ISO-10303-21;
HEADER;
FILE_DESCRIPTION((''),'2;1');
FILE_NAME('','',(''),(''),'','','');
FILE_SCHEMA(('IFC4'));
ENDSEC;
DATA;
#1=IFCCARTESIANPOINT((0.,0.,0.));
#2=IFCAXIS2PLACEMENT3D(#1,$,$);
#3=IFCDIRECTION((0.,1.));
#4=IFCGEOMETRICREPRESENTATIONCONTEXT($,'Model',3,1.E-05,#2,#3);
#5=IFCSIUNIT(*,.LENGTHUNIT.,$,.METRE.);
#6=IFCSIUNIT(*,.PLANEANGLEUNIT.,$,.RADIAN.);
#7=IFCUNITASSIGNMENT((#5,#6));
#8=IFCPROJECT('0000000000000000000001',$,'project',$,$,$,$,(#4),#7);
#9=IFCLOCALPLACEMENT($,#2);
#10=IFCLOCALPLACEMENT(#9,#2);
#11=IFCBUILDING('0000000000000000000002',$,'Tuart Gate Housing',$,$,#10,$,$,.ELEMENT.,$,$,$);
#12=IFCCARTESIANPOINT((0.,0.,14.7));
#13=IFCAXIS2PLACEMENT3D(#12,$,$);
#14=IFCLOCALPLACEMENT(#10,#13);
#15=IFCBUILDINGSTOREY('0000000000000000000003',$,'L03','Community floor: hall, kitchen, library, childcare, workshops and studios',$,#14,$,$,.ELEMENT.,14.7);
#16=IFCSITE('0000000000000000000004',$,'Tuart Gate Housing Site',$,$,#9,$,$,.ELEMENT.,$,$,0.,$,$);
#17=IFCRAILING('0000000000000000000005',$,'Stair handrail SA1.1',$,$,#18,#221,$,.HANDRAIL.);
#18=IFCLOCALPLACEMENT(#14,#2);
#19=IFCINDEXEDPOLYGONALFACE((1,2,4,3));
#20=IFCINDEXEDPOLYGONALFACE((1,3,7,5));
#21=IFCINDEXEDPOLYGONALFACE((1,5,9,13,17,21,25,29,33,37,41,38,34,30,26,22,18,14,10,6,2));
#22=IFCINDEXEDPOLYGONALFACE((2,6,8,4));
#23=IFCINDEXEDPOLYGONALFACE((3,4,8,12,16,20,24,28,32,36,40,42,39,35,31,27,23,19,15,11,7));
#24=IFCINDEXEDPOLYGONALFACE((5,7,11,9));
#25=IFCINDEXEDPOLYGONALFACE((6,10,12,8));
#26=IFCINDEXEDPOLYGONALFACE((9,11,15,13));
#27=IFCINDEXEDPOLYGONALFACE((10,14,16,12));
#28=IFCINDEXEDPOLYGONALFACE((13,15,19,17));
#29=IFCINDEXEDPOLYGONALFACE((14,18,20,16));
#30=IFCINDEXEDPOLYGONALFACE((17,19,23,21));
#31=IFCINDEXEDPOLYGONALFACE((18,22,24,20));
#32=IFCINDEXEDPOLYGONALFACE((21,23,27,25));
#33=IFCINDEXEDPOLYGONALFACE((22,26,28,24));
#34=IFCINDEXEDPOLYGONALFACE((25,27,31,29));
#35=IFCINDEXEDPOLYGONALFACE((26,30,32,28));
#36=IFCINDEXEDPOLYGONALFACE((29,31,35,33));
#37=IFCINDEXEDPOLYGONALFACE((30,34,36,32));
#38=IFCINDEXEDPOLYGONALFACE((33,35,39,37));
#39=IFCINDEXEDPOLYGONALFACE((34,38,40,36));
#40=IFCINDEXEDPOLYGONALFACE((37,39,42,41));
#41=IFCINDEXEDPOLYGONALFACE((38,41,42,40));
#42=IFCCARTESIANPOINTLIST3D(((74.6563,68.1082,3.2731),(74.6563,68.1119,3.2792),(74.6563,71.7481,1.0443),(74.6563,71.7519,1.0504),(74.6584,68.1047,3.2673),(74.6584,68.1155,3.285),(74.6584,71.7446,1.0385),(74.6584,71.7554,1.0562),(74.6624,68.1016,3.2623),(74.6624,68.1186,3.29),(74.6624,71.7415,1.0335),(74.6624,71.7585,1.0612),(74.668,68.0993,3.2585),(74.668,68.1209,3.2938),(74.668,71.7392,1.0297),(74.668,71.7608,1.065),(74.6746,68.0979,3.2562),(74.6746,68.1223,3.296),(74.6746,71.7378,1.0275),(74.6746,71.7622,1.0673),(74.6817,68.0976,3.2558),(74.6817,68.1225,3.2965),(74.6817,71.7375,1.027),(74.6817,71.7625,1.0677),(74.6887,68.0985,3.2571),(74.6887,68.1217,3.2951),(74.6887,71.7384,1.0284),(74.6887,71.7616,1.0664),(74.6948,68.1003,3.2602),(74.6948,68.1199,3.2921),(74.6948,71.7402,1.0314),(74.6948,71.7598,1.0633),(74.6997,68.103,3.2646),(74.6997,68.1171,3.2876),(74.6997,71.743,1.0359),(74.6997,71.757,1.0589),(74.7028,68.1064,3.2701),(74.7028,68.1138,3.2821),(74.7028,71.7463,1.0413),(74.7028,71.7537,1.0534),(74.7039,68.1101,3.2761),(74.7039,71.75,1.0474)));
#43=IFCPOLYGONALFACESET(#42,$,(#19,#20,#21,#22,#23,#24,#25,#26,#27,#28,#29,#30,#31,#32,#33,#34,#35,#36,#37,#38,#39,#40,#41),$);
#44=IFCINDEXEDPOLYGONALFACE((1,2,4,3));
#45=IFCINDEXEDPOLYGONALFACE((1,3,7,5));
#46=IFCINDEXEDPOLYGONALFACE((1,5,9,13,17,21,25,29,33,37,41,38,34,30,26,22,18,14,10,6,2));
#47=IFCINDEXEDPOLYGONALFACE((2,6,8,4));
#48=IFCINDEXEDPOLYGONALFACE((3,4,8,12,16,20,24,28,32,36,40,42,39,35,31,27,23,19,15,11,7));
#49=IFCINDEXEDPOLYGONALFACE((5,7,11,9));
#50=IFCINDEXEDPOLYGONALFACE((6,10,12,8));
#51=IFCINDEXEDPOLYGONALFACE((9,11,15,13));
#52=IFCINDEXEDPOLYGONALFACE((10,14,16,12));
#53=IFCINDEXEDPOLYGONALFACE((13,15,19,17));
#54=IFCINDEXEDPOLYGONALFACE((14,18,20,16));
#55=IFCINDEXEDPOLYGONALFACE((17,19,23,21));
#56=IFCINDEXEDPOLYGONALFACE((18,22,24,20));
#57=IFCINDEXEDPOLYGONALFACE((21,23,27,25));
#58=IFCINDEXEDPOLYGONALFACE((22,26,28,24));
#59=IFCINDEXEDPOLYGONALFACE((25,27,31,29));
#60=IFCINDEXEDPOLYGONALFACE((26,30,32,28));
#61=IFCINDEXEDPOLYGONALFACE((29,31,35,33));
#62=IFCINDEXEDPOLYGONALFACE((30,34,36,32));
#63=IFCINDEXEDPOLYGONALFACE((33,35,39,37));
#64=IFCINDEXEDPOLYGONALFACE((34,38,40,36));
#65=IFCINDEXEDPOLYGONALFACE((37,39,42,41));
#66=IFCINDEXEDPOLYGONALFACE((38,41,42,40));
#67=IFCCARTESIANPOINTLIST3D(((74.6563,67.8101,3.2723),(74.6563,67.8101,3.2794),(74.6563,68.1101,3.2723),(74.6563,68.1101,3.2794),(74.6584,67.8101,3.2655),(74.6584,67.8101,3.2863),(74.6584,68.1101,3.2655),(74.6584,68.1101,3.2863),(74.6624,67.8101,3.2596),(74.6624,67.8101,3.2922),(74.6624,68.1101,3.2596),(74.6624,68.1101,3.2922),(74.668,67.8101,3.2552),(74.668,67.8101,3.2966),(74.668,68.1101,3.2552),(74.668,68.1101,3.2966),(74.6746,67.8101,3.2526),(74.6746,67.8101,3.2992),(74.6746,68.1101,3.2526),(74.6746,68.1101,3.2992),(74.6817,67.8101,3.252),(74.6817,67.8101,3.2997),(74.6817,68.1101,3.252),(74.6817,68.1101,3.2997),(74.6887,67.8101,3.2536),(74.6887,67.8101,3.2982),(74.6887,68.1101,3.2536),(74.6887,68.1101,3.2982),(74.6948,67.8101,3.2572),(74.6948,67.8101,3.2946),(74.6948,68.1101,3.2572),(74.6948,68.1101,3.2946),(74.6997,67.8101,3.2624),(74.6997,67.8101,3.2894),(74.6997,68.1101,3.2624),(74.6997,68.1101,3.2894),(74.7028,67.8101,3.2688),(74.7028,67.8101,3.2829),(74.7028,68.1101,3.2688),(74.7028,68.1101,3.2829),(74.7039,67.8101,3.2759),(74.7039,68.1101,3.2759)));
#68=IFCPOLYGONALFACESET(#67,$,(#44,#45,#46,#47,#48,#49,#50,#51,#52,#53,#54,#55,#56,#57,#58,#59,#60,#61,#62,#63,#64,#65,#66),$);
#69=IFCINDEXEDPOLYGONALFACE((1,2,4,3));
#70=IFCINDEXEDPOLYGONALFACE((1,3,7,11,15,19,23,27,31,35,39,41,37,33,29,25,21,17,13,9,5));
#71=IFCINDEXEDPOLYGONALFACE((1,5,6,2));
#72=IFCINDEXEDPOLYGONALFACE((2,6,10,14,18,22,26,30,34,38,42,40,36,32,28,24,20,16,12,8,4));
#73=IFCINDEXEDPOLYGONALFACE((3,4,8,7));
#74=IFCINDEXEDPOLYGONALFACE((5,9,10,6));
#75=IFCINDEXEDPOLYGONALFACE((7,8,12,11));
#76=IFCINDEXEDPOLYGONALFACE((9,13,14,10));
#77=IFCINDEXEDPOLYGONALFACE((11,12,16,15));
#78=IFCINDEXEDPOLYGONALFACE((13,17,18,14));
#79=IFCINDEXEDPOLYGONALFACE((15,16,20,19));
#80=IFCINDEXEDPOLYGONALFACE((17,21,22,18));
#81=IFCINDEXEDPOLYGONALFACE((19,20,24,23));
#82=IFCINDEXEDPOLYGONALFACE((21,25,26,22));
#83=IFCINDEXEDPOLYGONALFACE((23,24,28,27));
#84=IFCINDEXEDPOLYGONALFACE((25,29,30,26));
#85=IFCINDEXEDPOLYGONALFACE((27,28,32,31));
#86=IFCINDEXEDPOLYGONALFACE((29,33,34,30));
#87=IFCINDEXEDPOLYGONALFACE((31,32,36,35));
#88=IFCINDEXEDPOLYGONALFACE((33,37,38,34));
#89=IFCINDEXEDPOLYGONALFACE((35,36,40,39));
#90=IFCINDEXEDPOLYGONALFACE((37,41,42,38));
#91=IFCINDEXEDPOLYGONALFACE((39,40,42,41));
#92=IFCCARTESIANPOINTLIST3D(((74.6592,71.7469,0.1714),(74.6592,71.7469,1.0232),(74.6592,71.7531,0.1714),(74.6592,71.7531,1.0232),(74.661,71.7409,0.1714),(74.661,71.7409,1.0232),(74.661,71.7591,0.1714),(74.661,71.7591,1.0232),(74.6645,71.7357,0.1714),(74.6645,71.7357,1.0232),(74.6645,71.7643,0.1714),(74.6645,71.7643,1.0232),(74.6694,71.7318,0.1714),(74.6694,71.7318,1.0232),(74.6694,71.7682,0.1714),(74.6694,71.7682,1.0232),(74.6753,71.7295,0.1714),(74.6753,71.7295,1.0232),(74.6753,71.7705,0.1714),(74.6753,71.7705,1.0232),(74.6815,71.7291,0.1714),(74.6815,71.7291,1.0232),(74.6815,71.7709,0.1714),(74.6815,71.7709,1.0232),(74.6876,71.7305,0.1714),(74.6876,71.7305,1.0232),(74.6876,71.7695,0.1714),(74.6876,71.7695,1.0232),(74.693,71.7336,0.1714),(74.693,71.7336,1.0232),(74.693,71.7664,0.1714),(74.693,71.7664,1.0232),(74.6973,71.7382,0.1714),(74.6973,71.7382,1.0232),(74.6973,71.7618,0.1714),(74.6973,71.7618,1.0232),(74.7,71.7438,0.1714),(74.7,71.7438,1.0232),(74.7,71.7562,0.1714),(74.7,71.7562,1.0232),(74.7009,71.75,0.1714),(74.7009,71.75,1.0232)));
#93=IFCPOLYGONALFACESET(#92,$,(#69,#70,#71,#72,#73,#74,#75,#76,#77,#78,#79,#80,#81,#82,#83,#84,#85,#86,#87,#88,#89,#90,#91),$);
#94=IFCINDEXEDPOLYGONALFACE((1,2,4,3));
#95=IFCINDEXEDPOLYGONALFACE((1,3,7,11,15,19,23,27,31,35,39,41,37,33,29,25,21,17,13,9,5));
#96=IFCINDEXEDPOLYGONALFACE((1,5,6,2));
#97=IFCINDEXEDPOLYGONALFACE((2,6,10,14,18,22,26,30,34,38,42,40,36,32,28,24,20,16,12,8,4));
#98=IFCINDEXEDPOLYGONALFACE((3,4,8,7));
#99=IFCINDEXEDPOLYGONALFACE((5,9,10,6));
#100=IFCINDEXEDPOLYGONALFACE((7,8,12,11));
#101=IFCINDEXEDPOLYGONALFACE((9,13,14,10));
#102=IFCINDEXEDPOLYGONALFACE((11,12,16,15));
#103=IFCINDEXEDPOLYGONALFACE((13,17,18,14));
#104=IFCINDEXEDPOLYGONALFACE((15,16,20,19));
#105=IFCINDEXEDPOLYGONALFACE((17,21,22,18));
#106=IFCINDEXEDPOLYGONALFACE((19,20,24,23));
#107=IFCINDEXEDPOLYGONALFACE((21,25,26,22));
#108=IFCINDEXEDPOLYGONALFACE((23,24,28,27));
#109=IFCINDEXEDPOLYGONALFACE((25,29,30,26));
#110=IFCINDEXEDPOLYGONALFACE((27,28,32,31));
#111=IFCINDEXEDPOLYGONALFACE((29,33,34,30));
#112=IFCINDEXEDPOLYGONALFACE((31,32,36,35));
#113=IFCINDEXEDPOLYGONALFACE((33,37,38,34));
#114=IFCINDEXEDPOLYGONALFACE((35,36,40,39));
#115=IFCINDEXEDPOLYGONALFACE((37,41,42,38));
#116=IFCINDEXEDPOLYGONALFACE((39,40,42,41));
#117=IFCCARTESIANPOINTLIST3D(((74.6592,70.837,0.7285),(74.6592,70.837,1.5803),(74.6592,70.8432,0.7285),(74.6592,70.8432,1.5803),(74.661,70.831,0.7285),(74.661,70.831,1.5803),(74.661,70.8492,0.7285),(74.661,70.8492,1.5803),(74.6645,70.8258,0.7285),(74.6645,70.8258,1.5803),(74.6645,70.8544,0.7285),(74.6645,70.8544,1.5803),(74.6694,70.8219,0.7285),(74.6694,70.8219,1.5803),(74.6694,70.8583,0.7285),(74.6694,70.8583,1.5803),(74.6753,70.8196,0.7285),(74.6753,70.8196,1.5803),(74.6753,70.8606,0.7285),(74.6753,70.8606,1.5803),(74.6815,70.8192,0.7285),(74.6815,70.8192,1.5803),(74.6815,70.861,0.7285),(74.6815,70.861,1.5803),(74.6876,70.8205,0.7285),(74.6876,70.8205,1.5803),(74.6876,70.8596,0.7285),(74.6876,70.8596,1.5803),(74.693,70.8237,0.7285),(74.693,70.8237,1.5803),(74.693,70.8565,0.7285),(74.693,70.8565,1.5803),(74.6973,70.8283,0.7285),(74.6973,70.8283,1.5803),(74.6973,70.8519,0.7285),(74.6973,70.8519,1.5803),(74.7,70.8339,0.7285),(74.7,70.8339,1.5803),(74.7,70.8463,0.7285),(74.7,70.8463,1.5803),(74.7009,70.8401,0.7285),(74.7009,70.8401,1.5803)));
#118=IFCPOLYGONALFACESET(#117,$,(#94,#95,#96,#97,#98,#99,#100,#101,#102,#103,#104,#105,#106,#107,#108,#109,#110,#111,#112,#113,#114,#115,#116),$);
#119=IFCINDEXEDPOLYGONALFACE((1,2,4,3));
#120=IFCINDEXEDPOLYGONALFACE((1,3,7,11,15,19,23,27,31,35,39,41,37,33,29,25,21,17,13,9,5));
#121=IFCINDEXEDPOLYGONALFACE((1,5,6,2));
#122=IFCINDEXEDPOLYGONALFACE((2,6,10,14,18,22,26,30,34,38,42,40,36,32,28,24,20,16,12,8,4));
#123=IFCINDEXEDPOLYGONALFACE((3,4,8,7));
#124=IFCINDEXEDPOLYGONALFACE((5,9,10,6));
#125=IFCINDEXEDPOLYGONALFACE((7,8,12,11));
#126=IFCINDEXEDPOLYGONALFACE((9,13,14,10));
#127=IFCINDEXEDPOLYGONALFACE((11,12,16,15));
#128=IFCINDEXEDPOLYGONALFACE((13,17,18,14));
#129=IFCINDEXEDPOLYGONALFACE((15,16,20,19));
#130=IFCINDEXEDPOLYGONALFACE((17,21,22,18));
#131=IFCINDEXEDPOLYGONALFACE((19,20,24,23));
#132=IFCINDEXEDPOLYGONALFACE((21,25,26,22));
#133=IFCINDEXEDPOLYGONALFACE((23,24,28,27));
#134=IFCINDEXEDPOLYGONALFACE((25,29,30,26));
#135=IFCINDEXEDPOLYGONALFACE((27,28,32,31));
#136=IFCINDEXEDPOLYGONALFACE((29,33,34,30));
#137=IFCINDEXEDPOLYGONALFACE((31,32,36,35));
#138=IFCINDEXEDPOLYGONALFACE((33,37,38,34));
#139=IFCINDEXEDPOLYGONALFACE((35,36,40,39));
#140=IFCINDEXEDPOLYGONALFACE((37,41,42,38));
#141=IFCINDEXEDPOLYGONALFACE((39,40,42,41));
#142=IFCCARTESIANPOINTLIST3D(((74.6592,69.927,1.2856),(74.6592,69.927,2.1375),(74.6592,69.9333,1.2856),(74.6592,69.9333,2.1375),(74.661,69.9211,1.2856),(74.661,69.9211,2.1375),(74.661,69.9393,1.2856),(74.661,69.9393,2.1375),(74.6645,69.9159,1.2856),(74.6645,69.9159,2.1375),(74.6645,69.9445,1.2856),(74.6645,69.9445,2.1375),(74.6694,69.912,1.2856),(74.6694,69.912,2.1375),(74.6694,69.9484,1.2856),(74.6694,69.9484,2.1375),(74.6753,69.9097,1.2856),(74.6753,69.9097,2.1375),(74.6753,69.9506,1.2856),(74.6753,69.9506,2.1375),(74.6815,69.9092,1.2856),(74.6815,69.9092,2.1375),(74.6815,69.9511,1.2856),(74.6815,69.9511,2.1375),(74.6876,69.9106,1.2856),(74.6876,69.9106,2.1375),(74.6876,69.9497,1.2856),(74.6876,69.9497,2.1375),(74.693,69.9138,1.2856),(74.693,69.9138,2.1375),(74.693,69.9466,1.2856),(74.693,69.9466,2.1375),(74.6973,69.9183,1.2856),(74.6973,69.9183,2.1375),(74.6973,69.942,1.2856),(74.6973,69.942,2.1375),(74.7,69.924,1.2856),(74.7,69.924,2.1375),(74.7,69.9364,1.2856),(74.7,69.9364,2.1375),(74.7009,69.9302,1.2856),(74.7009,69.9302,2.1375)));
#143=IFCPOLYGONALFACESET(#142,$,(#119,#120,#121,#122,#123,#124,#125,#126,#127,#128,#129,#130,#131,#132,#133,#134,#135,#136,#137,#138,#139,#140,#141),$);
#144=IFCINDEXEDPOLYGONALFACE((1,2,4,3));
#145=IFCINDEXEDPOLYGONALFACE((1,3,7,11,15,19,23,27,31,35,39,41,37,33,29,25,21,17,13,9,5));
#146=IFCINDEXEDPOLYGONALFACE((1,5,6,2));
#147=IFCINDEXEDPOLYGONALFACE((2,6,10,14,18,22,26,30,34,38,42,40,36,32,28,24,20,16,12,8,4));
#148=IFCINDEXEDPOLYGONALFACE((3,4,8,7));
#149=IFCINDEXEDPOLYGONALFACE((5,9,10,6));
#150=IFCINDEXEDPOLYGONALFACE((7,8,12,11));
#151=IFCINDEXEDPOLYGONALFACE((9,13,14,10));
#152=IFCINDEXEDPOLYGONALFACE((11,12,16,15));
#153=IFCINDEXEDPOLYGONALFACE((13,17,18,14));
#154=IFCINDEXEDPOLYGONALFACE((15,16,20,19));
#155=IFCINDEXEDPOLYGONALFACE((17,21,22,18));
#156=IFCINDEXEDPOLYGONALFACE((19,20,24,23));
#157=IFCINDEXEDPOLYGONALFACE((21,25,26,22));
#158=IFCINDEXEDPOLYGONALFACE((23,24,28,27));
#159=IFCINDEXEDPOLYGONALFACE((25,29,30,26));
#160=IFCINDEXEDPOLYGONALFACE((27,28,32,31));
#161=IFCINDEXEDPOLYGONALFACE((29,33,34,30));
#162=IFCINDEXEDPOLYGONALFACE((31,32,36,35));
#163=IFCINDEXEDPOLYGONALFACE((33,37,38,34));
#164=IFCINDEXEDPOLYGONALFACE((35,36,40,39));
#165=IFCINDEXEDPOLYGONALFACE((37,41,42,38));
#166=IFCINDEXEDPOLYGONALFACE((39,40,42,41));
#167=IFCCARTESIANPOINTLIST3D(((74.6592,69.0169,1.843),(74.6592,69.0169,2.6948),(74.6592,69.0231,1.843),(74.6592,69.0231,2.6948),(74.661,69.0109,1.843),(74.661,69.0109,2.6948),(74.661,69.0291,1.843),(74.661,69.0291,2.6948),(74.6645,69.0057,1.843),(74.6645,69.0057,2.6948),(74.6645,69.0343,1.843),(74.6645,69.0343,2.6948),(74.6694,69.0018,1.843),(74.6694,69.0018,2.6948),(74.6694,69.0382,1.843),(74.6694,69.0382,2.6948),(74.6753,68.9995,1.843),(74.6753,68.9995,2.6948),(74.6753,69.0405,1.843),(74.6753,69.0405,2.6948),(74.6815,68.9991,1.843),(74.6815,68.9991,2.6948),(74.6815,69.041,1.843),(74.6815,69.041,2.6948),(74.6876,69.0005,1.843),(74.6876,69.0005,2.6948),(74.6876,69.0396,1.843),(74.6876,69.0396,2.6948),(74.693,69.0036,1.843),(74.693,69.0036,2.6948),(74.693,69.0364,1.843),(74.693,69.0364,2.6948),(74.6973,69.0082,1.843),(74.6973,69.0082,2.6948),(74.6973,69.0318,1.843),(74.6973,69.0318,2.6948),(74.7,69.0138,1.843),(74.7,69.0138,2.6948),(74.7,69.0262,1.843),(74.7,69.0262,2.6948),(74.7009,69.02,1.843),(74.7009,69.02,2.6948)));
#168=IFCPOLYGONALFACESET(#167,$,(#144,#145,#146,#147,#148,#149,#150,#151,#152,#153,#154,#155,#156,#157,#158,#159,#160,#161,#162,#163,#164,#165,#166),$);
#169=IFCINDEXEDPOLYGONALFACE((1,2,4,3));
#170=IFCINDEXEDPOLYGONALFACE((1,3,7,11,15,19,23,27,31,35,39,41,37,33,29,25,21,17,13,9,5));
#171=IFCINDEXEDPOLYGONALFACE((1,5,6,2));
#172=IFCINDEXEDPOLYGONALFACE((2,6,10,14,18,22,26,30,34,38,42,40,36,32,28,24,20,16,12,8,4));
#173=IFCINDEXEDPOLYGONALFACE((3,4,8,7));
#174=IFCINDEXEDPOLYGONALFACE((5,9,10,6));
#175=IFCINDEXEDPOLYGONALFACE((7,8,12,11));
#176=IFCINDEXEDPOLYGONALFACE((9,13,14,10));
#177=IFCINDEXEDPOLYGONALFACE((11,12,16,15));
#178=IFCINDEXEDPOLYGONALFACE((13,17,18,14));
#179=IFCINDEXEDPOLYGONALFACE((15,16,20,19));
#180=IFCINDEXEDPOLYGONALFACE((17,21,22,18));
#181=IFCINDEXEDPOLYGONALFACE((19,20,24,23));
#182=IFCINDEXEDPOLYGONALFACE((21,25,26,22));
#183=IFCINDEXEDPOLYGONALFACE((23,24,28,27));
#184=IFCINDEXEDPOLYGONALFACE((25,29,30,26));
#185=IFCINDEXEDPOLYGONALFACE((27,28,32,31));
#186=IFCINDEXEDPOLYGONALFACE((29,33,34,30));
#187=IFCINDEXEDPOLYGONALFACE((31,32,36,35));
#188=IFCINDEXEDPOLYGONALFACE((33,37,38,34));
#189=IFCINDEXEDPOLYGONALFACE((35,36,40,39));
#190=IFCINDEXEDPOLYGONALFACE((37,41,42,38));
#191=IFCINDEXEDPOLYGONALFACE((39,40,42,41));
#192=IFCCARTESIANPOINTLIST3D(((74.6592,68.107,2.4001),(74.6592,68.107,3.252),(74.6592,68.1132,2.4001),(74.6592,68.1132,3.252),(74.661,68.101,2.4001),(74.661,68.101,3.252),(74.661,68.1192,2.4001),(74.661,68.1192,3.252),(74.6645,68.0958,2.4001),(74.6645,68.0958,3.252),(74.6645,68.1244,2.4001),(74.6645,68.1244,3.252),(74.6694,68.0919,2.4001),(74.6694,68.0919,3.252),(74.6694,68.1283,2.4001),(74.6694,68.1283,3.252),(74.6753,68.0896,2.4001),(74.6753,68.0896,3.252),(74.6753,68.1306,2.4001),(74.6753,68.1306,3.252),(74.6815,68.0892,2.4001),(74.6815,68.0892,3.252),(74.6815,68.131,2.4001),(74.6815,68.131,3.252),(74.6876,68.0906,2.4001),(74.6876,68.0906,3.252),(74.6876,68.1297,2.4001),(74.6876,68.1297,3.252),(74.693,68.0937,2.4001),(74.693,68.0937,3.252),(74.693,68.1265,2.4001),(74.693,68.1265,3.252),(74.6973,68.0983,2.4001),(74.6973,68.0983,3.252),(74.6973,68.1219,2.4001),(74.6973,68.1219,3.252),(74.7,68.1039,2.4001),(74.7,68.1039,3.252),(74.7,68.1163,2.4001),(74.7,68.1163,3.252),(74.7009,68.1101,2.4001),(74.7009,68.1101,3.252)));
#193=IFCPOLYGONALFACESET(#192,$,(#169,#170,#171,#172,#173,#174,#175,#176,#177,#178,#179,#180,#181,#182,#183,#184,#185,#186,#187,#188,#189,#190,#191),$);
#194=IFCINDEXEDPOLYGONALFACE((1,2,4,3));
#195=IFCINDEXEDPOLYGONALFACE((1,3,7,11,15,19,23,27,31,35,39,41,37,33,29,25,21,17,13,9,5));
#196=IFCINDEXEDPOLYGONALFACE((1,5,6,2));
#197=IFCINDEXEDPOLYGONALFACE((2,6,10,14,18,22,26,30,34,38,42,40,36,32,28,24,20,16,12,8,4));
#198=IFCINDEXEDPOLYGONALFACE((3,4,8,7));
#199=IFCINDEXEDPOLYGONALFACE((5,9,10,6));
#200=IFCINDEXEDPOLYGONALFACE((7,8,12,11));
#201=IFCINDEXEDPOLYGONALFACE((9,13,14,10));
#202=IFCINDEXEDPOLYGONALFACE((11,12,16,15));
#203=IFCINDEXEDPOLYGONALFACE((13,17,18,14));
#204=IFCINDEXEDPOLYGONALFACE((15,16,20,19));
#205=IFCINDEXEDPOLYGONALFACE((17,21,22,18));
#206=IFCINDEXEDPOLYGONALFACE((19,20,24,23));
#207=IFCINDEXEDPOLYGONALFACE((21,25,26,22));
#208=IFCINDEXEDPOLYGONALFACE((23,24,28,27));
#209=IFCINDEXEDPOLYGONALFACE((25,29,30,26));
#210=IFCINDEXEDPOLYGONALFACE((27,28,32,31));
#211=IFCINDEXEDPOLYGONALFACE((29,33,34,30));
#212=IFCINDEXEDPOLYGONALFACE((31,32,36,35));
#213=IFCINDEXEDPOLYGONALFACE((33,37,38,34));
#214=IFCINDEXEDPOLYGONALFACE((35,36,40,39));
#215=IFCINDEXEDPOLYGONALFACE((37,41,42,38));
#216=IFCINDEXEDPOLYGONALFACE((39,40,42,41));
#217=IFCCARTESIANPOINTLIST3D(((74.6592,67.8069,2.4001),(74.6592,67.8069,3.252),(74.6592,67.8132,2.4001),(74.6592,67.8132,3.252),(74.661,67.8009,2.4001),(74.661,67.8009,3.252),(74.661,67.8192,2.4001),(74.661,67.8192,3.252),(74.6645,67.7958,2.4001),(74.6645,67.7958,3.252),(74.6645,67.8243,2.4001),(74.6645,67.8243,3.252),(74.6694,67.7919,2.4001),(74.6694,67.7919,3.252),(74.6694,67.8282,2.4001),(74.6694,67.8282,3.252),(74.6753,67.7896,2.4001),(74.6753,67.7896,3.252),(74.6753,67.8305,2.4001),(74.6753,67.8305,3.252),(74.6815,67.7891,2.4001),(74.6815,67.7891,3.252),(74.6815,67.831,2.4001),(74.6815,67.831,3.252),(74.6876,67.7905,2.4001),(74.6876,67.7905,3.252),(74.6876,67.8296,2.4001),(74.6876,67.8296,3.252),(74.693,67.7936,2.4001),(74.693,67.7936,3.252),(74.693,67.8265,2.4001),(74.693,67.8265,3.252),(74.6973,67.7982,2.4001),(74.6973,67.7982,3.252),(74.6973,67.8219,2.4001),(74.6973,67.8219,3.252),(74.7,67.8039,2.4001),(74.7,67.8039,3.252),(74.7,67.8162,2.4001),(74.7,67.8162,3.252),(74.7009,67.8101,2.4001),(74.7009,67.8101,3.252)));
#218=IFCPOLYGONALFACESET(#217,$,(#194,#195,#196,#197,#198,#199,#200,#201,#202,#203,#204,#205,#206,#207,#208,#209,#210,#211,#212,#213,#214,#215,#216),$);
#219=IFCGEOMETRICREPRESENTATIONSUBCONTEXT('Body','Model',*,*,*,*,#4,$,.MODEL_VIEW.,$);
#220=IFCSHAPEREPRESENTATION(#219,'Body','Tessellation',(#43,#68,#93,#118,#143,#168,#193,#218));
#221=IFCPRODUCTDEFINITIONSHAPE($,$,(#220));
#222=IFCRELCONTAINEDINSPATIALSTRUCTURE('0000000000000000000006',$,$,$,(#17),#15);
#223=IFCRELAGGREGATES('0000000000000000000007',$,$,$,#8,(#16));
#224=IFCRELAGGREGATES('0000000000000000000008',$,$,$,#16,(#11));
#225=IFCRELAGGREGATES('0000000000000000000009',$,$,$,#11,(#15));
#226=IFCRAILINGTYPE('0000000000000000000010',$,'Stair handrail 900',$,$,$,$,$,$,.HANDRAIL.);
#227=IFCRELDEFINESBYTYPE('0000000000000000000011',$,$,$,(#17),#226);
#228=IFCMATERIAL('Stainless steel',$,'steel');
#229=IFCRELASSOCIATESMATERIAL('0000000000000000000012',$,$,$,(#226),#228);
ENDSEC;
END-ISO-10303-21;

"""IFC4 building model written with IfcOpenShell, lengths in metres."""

from ifc_helpers import new_model, si_unit, direction, frame, origin, origin_2d, place, context, subcontext, project, spatial, circle, extrude, material, type_object, element, save


model = new_model("IFC4")

# Units and contexts
model_context = context("Model", 3, precision=1e-05, world=origin(), true_north=direction((0.0, 1.0)))
body_context = subcontext(model_context, "Body", "Model", "MODEL_VIEW")
ifc_project = project(units=[si_unit("LENGTHUNIT", "METRE"), si_unit("PLANEANGLEUNIT", "RADIAN")], contexts=[model_context])

# Site, building, storey
site_placement = place(None, origin())
site = spatial("IfcSite", under=ifc_project, at=site_placement, Name="Tuart Gate Housing Site", CompositionType="ELEMENT", RefElevation=0.0)
building_placement = place(site_placement, origin())
building = spatial("IfcBuilding", under=site, at=building_placement, Name="Tuart Gate Housing", CompositionType="ELEMENT")
storey_placement = place(building_placement, frame((0.0, 0.0, 14.7)))
storey = spatial("IfcBuildingStorey", under=building, at=storey_placement, Name="L03", Description="Community floor: hall, kitchen, library, childcare, workshops and studios", CompositionType="ELEMENT", Elevation=14.7)

# Railing
ifc_material_1 = material(Name="Stainless steel", Category="steel")
railing_type = type_object("IfcRailingType", Name="Stair handrail 900", PredefinedType="HANDRAIL", material=ifc_material_1)
railing_placement = place(storey_placement, frame((74.6799, 71.75, 0.1714)))
element("IfcRailing", 1, at=railing_placement, inside=storey, type_object=railing_type, Name="Stair handrail SA1.1", PredefinedType="HANDRAIL", context=body_context, shape_type="SweptSolid", body=[
    extrude(circle(Radius=0.0239, at=origin_2d()), frame((0.0, 0.0, 0.876), z_axis=(0.0, -0.852825, 0.522197), x_axis=(1.0, 0.0, 0.0)), (0.0, 0.0, 1.0), 4.2681),
    extrude(circle(Radius=0.0239, at=origin_2d()), frame((0.0, -3.6399, 3.1045), z_axis=(0.0, -1.0, 0.0), x_axis=(1.0, 0.0, 0.0)), (0.0, 0.0, 1.0), 0.3),
    extrude(circle(Radius=0.021, at=origin_2d()), origin(), (0.0, 0.0, 1.0), 0.8518),
    extrude(circle(Radius=0.021, at=origin_2d()), frame((0.0, -0.9099, 0.5571)), (0.0, 0.0, 1.0), 0.8518),
    extrude(circle(Radius=0.021, at=origin_2d()), frame((0.0, -1.8198, 1.1143)), (0.0, 0.0, 1.0), 0.8518),
    extrude(circle(Radius=0.021, at=origin_2d()), frame((0.0, -2.73, 1.6716)), (0.0, 0.0, 1.0), 0.8518),
    extrude(circle(Radius=0.021, at=origin_2d()), frame((0.0, -3.6399, 2.2288)), (0.0, 0.0, 1.0), 0.8518),
    extrude(circle(Radius=0.021, at=origin_2d()), frame((0.0, -3.9399, 2.2288)), (0.0, 0.0, 1.0), 0.8518),
])

save(model, "model.ifc")
